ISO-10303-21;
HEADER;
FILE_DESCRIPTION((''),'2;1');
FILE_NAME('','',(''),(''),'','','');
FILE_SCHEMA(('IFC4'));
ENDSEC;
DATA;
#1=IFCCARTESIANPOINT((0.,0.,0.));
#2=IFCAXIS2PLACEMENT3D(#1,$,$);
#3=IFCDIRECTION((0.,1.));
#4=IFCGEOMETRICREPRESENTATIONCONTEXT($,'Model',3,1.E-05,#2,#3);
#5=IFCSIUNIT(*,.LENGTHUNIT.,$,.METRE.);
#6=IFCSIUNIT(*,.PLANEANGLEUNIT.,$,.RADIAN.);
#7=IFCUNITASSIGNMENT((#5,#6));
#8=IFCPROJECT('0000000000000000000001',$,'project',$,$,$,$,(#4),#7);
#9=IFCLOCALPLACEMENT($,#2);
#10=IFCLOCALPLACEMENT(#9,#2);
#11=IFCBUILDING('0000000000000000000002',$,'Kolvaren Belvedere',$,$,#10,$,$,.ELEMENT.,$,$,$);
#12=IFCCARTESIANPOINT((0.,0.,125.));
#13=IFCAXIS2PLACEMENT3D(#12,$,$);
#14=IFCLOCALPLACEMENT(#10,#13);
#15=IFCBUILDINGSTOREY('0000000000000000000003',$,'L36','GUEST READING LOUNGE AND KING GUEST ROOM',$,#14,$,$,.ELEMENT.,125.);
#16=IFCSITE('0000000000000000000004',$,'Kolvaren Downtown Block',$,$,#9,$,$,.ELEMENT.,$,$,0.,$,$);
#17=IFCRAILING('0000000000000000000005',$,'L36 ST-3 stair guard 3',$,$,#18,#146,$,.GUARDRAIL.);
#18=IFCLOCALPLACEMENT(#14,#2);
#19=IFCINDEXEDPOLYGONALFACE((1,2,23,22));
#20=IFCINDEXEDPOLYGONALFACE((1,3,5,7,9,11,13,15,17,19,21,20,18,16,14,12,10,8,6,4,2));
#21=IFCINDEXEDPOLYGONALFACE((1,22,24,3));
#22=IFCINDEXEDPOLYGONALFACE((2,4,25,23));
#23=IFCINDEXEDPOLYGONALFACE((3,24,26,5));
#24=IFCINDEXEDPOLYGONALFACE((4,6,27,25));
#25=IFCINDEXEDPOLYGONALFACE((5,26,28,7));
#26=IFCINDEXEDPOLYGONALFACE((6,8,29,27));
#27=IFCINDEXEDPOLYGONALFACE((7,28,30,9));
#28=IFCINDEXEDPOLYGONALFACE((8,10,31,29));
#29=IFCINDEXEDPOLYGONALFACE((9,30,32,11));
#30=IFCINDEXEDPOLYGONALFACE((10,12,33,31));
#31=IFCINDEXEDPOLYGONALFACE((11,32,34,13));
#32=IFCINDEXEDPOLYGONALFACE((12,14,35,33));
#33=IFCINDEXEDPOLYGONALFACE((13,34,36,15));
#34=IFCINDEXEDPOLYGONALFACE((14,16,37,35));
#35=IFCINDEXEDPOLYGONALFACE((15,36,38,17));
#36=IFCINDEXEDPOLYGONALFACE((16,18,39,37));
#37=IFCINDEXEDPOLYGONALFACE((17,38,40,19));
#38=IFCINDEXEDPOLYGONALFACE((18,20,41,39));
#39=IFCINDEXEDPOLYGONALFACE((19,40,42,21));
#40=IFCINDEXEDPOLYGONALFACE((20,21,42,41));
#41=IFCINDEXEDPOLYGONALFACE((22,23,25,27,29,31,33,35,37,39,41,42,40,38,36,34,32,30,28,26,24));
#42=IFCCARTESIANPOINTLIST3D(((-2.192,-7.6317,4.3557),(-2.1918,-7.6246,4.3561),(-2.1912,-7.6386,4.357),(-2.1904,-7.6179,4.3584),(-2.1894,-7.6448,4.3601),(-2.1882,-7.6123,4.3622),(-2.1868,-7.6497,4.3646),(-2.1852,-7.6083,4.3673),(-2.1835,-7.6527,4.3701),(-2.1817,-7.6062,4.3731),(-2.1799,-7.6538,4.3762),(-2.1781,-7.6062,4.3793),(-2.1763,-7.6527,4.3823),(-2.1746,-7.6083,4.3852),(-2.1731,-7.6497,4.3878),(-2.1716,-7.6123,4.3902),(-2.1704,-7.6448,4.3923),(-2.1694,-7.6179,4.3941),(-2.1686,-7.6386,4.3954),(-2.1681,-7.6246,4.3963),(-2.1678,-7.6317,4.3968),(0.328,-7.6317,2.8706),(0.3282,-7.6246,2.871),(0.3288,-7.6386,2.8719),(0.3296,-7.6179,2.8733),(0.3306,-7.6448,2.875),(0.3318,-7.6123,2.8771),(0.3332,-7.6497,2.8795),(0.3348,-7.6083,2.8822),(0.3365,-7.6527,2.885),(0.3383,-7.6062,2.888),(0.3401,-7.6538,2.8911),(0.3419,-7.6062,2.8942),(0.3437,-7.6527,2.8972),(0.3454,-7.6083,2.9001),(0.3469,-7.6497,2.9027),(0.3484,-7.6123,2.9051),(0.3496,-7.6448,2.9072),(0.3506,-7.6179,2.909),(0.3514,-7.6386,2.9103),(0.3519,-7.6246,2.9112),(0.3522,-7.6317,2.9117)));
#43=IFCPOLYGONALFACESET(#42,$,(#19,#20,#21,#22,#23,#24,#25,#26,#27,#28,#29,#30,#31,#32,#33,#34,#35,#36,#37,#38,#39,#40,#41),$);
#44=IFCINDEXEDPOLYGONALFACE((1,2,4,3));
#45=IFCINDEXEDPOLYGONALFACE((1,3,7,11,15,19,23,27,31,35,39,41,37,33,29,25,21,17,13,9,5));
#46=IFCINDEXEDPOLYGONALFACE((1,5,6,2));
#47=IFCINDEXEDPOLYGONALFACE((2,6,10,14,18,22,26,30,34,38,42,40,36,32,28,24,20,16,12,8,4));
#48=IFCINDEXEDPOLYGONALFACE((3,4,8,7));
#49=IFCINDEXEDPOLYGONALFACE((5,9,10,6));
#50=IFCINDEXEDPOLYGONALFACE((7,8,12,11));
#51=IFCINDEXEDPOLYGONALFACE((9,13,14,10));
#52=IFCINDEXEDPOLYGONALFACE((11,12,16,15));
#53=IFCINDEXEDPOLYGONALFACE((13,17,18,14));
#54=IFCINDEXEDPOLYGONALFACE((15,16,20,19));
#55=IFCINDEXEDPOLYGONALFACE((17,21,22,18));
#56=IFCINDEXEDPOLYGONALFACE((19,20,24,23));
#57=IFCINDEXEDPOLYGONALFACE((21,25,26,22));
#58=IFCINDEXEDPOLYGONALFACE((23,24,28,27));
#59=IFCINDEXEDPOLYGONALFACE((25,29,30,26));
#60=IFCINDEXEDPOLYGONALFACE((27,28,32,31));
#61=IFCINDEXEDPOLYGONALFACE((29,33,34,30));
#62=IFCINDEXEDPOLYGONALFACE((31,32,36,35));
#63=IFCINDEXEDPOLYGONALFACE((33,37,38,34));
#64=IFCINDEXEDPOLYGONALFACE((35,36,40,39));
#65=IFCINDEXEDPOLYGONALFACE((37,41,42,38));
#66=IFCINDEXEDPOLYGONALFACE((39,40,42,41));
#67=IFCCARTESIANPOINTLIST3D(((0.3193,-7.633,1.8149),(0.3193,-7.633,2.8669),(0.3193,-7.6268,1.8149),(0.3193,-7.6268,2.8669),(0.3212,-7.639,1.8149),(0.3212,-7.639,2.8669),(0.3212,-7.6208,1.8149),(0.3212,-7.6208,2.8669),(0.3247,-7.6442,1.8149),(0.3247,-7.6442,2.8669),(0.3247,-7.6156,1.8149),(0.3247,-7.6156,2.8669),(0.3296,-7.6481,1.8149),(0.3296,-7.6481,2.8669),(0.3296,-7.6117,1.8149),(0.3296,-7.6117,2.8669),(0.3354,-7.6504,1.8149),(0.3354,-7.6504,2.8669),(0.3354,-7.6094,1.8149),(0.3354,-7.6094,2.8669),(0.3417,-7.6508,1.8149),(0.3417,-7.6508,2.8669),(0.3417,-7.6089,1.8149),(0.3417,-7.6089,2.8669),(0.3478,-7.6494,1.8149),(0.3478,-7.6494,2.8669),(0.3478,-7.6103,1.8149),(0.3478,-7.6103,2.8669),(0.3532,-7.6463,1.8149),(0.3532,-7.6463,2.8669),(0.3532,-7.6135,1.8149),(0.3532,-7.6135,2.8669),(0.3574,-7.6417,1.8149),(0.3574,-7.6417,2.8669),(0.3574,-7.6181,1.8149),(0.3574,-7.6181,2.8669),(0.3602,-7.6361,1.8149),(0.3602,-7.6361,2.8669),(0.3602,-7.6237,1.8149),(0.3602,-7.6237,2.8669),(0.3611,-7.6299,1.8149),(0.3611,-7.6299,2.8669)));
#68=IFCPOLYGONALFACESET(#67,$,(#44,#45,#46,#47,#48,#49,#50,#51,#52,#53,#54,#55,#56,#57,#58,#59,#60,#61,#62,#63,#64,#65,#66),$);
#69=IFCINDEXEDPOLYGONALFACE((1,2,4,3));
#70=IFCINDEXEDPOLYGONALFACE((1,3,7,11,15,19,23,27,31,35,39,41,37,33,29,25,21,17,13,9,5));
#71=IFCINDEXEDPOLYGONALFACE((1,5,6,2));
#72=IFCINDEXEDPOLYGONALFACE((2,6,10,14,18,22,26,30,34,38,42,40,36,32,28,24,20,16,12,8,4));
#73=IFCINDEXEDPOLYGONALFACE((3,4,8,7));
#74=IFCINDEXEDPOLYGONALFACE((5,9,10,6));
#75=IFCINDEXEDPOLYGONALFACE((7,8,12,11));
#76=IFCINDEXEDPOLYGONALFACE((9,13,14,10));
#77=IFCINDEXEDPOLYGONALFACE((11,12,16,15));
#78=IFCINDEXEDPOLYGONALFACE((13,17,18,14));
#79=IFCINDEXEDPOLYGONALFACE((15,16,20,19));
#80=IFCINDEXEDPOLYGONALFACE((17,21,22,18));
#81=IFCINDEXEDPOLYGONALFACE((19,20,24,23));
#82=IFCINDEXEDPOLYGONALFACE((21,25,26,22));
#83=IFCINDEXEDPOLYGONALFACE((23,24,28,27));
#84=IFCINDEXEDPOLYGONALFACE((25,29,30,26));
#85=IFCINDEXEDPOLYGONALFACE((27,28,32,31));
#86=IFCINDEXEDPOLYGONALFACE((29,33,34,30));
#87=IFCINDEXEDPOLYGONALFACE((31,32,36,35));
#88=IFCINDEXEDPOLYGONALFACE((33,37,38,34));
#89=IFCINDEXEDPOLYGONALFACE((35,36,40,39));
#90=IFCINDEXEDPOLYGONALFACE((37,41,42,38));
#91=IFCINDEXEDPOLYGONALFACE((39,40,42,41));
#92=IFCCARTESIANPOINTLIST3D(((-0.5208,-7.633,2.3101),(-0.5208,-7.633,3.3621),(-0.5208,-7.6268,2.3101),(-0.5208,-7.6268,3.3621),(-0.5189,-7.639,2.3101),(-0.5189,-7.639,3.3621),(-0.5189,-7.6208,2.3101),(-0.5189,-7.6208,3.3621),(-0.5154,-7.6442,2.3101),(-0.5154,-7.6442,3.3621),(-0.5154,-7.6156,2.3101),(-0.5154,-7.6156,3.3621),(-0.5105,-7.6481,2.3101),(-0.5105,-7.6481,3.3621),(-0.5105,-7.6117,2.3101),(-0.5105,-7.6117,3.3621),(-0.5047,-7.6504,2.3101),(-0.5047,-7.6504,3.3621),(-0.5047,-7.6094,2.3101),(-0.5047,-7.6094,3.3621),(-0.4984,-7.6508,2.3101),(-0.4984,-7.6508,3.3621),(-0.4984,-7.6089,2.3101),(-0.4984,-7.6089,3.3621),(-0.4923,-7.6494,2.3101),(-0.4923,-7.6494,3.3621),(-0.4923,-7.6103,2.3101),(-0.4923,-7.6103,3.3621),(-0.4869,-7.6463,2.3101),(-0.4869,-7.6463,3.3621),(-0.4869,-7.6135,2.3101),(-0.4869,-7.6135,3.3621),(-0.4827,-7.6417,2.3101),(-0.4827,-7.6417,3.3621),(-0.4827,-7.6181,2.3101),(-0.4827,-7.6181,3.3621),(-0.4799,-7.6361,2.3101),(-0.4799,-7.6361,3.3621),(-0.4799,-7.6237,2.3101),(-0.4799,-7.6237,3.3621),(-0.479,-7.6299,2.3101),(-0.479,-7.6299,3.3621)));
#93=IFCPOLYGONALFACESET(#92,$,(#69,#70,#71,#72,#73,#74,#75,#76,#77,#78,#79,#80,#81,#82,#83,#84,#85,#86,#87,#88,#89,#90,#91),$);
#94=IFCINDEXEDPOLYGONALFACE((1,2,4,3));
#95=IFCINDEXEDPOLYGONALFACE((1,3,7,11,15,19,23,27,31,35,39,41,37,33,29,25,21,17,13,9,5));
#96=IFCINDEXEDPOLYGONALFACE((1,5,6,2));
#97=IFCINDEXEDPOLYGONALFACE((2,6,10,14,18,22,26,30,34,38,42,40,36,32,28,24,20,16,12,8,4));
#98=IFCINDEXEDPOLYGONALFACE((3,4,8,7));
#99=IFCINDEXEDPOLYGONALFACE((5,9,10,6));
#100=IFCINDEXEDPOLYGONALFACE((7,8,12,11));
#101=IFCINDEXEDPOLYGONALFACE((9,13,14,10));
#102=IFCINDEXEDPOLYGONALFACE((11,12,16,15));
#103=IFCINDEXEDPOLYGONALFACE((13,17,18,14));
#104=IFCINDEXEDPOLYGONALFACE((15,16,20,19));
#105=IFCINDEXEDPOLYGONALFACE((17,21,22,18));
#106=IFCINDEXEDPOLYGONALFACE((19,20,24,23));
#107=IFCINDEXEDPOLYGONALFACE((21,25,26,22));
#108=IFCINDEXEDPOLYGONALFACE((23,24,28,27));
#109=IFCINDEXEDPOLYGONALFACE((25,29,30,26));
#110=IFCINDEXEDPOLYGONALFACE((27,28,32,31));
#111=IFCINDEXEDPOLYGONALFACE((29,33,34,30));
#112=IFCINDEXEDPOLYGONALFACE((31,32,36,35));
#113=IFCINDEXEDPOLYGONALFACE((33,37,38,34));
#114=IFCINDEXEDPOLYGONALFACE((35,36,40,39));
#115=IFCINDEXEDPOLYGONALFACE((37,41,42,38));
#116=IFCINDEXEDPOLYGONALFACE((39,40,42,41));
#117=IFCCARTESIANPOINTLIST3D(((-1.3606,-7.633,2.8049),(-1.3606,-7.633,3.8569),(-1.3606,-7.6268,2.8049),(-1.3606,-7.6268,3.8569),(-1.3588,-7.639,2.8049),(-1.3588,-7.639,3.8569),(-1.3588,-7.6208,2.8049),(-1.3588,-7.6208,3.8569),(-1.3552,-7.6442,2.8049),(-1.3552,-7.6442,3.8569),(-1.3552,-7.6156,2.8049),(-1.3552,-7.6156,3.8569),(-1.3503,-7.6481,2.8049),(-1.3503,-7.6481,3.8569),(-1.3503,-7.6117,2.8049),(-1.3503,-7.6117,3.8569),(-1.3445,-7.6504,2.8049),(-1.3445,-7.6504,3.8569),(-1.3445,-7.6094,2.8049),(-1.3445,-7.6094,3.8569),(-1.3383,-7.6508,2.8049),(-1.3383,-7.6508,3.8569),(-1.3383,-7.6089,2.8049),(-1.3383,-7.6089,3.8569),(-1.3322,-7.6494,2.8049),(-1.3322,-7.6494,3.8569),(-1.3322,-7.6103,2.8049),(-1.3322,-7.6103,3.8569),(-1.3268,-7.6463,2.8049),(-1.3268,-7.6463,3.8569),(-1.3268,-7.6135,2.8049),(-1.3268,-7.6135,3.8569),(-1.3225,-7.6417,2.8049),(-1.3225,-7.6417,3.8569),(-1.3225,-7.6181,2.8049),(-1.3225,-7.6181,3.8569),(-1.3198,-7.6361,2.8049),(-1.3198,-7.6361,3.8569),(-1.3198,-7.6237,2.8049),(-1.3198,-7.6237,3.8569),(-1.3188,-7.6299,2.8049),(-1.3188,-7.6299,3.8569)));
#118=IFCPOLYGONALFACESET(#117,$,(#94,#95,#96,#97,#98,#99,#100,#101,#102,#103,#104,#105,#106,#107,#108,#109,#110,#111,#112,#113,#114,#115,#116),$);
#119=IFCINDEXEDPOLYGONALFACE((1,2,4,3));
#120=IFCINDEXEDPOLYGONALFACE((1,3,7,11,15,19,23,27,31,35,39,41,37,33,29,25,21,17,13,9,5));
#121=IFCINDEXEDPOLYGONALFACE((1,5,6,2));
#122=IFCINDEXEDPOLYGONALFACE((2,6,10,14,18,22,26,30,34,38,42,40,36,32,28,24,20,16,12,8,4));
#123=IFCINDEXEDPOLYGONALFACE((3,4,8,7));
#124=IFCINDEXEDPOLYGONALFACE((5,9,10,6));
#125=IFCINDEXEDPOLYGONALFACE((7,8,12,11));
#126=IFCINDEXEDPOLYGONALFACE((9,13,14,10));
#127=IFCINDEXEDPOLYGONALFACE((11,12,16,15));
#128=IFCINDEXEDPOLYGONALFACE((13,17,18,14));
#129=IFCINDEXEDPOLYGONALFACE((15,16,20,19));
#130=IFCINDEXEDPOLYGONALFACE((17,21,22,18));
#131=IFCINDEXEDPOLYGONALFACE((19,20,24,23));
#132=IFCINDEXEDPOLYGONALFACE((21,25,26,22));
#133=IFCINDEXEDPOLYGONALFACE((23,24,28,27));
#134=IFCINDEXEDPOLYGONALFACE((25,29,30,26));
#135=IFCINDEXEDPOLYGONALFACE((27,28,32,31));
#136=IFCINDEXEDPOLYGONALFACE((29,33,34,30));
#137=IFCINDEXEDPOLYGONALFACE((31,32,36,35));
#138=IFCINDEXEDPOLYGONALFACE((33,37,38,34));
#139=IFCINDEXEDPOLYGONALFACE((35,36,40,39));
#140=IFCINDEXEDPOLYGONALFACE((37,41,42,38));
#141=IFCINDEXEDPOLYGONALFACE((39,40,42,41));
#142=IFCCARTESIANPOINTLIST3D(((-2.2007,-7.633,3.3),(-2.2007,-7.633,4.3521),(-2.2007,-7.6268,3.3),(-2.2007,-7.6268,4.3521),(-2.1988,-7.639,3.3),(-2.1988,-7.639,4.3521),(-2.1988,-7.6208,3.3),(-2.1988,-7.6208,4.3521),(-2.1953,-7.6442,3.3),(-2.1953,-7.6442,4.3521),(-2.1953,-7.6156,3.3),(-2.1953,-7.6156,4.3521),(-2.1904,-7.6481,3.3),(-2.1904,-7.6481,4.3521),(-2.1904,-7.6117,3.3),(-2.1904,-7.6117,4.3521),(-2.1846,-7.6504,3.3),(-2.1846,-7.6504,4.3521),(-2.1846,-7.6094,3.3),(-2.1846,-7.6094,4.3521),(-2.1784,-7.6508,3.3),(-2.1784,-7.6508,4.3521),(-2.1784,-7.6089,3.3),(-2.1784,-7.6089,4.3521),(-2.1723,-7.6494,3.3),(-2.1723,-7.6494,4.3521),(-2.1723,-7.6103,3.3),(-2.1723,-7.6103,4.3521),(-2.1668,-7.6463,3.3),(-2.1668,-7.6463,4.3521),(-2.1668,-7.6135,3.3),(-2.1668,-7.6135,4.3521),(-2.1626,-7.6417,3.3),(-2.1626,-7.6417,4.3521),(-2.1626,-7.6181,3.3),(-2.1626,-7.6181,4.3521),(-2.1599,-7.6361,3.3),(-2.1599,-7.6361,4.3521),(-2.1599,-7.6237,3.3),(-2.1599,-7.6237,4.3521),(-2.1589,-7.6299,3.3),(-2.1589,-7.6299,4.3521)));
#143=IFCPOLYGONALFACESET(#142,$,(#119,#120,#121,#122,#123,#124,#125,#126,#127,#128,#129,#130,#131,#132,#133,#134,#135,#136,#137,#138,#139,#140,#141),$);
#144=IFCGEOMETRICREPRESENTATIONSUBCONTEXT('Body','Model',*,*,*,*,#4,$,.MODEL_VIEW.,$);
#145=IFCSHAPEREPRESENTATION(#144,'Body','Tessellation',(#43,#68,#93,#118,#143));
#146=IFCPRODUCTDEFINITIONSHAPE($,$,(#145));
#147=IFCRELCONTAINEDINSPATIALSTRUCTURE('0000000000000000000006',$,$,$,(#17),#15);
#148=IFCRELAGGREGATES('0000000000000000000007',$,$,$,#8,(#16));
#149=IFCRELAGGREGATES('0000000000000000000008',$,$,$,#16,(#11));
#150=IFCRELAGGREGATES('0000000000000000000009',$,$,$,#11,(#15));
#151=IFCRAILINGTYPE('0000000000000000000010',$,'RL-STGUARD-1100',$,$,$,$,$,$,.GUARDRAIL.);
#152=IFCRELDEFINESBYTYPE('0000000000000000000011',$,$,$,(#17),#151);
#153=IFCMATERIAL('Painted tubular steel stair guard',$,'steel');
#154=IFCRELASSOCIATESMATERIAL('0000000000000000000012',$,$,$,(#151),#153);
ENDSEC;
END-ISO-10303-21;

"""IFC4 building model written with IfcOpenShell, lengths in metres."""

from ifc_helpers import new_model, si_unit, direction, frame, origin, origin_2d, place, context, subcontext, project, spatial, circle, extrude, material, type_object, element, save


model = new_model("IFC4")

# Units and contexts
model_context = context("Model", 3, precision=1e-05, world=origin(), true_north=direction((0.0, 1.0)))
body_context = subcontext(model_context, "Body", "Model", "MODEL_VIEW")
ifc_project = project(units=[si_unit("LENGTHUNIT", "METRE"), si_unit("PLANEANGLEUNIT", "RADIAN")], contexts=[model_context])

# Site, building, storey
site_placement = place(None, origin())
site = spatial("IfcSite", under=ifc_project, at=site_placement, Name="Kolvaren Downtown Block", CompositionType="ELEMENT", RefElevation=0.0)
building_placement = place(site_placement, origin())
building = spatial("IfcBuilding", under=site, at=building_placement, Name="Kolvaren Belvedere", CompositionType="ELEMENT")
storey_placement = place(building_placement, frame((0.0, 0.0, 125.0)))
storey = spatial("IfcBuildingStorey", under=building, at=storey_placement, Name="L36", Description="GUEST READING LOUNGE AND KING GUEST ROOM", CompositionType="ELEMENT", Elevation=125.0)

# Railing
ifc_material_1 = material(Name="Painted tubular steel stair guard", Category="steel")
railing_type_1 = type_object("IfcRailingType", Name="RL-STGUARD-1100", PredefinedType="GUARDRAIL", material=ifc_material_1)
railing_1_placement = place(storey_placement, frame((0.3401, -7.6299, 1.8149)))
element("IfcRailing", 1, at=railing_1_placement, inside=storey, type_object=railing_type_1, Name="L36 ST-3 stair guard 3", PredefinedType="GUARDRAIL", context=body_context, shape_type="SweptSolid", body=[
    extrude(circle(Radius=0.0239, at=origin_2d()), frame((0.0, 0.0, 1.0762), z_axis=(-0.861524, 0.0, 0.507717), x_axis=(0.0, -1.0, 0.0)), (0.0, 0.0, 1.0), 2.925),
    extrude(circle(Radius=0.021, at=origin_2d()), origin(), (0.0, 0.0, 1.0), 1.052),
    extrude(circle(Radius=0.021, at=origin_2d()), frame((-0.8401, 0.0, 0.4951)), (0.0, 0.0, 1.0), 1.052),
    extrude(circle(Radius=0.021, at=origin_2d()), frame((-1.6799, 0.0, 0.99)), (0.0, 0.0, 1.0), 1.052),
    extrude(circle(Radius=0.021, at=origin_2d()), frame((-2.52, 0.0, 1.4851)), (0.0, 0.0, 1.0), 1.052),
])

save(model, "model.ifc")
